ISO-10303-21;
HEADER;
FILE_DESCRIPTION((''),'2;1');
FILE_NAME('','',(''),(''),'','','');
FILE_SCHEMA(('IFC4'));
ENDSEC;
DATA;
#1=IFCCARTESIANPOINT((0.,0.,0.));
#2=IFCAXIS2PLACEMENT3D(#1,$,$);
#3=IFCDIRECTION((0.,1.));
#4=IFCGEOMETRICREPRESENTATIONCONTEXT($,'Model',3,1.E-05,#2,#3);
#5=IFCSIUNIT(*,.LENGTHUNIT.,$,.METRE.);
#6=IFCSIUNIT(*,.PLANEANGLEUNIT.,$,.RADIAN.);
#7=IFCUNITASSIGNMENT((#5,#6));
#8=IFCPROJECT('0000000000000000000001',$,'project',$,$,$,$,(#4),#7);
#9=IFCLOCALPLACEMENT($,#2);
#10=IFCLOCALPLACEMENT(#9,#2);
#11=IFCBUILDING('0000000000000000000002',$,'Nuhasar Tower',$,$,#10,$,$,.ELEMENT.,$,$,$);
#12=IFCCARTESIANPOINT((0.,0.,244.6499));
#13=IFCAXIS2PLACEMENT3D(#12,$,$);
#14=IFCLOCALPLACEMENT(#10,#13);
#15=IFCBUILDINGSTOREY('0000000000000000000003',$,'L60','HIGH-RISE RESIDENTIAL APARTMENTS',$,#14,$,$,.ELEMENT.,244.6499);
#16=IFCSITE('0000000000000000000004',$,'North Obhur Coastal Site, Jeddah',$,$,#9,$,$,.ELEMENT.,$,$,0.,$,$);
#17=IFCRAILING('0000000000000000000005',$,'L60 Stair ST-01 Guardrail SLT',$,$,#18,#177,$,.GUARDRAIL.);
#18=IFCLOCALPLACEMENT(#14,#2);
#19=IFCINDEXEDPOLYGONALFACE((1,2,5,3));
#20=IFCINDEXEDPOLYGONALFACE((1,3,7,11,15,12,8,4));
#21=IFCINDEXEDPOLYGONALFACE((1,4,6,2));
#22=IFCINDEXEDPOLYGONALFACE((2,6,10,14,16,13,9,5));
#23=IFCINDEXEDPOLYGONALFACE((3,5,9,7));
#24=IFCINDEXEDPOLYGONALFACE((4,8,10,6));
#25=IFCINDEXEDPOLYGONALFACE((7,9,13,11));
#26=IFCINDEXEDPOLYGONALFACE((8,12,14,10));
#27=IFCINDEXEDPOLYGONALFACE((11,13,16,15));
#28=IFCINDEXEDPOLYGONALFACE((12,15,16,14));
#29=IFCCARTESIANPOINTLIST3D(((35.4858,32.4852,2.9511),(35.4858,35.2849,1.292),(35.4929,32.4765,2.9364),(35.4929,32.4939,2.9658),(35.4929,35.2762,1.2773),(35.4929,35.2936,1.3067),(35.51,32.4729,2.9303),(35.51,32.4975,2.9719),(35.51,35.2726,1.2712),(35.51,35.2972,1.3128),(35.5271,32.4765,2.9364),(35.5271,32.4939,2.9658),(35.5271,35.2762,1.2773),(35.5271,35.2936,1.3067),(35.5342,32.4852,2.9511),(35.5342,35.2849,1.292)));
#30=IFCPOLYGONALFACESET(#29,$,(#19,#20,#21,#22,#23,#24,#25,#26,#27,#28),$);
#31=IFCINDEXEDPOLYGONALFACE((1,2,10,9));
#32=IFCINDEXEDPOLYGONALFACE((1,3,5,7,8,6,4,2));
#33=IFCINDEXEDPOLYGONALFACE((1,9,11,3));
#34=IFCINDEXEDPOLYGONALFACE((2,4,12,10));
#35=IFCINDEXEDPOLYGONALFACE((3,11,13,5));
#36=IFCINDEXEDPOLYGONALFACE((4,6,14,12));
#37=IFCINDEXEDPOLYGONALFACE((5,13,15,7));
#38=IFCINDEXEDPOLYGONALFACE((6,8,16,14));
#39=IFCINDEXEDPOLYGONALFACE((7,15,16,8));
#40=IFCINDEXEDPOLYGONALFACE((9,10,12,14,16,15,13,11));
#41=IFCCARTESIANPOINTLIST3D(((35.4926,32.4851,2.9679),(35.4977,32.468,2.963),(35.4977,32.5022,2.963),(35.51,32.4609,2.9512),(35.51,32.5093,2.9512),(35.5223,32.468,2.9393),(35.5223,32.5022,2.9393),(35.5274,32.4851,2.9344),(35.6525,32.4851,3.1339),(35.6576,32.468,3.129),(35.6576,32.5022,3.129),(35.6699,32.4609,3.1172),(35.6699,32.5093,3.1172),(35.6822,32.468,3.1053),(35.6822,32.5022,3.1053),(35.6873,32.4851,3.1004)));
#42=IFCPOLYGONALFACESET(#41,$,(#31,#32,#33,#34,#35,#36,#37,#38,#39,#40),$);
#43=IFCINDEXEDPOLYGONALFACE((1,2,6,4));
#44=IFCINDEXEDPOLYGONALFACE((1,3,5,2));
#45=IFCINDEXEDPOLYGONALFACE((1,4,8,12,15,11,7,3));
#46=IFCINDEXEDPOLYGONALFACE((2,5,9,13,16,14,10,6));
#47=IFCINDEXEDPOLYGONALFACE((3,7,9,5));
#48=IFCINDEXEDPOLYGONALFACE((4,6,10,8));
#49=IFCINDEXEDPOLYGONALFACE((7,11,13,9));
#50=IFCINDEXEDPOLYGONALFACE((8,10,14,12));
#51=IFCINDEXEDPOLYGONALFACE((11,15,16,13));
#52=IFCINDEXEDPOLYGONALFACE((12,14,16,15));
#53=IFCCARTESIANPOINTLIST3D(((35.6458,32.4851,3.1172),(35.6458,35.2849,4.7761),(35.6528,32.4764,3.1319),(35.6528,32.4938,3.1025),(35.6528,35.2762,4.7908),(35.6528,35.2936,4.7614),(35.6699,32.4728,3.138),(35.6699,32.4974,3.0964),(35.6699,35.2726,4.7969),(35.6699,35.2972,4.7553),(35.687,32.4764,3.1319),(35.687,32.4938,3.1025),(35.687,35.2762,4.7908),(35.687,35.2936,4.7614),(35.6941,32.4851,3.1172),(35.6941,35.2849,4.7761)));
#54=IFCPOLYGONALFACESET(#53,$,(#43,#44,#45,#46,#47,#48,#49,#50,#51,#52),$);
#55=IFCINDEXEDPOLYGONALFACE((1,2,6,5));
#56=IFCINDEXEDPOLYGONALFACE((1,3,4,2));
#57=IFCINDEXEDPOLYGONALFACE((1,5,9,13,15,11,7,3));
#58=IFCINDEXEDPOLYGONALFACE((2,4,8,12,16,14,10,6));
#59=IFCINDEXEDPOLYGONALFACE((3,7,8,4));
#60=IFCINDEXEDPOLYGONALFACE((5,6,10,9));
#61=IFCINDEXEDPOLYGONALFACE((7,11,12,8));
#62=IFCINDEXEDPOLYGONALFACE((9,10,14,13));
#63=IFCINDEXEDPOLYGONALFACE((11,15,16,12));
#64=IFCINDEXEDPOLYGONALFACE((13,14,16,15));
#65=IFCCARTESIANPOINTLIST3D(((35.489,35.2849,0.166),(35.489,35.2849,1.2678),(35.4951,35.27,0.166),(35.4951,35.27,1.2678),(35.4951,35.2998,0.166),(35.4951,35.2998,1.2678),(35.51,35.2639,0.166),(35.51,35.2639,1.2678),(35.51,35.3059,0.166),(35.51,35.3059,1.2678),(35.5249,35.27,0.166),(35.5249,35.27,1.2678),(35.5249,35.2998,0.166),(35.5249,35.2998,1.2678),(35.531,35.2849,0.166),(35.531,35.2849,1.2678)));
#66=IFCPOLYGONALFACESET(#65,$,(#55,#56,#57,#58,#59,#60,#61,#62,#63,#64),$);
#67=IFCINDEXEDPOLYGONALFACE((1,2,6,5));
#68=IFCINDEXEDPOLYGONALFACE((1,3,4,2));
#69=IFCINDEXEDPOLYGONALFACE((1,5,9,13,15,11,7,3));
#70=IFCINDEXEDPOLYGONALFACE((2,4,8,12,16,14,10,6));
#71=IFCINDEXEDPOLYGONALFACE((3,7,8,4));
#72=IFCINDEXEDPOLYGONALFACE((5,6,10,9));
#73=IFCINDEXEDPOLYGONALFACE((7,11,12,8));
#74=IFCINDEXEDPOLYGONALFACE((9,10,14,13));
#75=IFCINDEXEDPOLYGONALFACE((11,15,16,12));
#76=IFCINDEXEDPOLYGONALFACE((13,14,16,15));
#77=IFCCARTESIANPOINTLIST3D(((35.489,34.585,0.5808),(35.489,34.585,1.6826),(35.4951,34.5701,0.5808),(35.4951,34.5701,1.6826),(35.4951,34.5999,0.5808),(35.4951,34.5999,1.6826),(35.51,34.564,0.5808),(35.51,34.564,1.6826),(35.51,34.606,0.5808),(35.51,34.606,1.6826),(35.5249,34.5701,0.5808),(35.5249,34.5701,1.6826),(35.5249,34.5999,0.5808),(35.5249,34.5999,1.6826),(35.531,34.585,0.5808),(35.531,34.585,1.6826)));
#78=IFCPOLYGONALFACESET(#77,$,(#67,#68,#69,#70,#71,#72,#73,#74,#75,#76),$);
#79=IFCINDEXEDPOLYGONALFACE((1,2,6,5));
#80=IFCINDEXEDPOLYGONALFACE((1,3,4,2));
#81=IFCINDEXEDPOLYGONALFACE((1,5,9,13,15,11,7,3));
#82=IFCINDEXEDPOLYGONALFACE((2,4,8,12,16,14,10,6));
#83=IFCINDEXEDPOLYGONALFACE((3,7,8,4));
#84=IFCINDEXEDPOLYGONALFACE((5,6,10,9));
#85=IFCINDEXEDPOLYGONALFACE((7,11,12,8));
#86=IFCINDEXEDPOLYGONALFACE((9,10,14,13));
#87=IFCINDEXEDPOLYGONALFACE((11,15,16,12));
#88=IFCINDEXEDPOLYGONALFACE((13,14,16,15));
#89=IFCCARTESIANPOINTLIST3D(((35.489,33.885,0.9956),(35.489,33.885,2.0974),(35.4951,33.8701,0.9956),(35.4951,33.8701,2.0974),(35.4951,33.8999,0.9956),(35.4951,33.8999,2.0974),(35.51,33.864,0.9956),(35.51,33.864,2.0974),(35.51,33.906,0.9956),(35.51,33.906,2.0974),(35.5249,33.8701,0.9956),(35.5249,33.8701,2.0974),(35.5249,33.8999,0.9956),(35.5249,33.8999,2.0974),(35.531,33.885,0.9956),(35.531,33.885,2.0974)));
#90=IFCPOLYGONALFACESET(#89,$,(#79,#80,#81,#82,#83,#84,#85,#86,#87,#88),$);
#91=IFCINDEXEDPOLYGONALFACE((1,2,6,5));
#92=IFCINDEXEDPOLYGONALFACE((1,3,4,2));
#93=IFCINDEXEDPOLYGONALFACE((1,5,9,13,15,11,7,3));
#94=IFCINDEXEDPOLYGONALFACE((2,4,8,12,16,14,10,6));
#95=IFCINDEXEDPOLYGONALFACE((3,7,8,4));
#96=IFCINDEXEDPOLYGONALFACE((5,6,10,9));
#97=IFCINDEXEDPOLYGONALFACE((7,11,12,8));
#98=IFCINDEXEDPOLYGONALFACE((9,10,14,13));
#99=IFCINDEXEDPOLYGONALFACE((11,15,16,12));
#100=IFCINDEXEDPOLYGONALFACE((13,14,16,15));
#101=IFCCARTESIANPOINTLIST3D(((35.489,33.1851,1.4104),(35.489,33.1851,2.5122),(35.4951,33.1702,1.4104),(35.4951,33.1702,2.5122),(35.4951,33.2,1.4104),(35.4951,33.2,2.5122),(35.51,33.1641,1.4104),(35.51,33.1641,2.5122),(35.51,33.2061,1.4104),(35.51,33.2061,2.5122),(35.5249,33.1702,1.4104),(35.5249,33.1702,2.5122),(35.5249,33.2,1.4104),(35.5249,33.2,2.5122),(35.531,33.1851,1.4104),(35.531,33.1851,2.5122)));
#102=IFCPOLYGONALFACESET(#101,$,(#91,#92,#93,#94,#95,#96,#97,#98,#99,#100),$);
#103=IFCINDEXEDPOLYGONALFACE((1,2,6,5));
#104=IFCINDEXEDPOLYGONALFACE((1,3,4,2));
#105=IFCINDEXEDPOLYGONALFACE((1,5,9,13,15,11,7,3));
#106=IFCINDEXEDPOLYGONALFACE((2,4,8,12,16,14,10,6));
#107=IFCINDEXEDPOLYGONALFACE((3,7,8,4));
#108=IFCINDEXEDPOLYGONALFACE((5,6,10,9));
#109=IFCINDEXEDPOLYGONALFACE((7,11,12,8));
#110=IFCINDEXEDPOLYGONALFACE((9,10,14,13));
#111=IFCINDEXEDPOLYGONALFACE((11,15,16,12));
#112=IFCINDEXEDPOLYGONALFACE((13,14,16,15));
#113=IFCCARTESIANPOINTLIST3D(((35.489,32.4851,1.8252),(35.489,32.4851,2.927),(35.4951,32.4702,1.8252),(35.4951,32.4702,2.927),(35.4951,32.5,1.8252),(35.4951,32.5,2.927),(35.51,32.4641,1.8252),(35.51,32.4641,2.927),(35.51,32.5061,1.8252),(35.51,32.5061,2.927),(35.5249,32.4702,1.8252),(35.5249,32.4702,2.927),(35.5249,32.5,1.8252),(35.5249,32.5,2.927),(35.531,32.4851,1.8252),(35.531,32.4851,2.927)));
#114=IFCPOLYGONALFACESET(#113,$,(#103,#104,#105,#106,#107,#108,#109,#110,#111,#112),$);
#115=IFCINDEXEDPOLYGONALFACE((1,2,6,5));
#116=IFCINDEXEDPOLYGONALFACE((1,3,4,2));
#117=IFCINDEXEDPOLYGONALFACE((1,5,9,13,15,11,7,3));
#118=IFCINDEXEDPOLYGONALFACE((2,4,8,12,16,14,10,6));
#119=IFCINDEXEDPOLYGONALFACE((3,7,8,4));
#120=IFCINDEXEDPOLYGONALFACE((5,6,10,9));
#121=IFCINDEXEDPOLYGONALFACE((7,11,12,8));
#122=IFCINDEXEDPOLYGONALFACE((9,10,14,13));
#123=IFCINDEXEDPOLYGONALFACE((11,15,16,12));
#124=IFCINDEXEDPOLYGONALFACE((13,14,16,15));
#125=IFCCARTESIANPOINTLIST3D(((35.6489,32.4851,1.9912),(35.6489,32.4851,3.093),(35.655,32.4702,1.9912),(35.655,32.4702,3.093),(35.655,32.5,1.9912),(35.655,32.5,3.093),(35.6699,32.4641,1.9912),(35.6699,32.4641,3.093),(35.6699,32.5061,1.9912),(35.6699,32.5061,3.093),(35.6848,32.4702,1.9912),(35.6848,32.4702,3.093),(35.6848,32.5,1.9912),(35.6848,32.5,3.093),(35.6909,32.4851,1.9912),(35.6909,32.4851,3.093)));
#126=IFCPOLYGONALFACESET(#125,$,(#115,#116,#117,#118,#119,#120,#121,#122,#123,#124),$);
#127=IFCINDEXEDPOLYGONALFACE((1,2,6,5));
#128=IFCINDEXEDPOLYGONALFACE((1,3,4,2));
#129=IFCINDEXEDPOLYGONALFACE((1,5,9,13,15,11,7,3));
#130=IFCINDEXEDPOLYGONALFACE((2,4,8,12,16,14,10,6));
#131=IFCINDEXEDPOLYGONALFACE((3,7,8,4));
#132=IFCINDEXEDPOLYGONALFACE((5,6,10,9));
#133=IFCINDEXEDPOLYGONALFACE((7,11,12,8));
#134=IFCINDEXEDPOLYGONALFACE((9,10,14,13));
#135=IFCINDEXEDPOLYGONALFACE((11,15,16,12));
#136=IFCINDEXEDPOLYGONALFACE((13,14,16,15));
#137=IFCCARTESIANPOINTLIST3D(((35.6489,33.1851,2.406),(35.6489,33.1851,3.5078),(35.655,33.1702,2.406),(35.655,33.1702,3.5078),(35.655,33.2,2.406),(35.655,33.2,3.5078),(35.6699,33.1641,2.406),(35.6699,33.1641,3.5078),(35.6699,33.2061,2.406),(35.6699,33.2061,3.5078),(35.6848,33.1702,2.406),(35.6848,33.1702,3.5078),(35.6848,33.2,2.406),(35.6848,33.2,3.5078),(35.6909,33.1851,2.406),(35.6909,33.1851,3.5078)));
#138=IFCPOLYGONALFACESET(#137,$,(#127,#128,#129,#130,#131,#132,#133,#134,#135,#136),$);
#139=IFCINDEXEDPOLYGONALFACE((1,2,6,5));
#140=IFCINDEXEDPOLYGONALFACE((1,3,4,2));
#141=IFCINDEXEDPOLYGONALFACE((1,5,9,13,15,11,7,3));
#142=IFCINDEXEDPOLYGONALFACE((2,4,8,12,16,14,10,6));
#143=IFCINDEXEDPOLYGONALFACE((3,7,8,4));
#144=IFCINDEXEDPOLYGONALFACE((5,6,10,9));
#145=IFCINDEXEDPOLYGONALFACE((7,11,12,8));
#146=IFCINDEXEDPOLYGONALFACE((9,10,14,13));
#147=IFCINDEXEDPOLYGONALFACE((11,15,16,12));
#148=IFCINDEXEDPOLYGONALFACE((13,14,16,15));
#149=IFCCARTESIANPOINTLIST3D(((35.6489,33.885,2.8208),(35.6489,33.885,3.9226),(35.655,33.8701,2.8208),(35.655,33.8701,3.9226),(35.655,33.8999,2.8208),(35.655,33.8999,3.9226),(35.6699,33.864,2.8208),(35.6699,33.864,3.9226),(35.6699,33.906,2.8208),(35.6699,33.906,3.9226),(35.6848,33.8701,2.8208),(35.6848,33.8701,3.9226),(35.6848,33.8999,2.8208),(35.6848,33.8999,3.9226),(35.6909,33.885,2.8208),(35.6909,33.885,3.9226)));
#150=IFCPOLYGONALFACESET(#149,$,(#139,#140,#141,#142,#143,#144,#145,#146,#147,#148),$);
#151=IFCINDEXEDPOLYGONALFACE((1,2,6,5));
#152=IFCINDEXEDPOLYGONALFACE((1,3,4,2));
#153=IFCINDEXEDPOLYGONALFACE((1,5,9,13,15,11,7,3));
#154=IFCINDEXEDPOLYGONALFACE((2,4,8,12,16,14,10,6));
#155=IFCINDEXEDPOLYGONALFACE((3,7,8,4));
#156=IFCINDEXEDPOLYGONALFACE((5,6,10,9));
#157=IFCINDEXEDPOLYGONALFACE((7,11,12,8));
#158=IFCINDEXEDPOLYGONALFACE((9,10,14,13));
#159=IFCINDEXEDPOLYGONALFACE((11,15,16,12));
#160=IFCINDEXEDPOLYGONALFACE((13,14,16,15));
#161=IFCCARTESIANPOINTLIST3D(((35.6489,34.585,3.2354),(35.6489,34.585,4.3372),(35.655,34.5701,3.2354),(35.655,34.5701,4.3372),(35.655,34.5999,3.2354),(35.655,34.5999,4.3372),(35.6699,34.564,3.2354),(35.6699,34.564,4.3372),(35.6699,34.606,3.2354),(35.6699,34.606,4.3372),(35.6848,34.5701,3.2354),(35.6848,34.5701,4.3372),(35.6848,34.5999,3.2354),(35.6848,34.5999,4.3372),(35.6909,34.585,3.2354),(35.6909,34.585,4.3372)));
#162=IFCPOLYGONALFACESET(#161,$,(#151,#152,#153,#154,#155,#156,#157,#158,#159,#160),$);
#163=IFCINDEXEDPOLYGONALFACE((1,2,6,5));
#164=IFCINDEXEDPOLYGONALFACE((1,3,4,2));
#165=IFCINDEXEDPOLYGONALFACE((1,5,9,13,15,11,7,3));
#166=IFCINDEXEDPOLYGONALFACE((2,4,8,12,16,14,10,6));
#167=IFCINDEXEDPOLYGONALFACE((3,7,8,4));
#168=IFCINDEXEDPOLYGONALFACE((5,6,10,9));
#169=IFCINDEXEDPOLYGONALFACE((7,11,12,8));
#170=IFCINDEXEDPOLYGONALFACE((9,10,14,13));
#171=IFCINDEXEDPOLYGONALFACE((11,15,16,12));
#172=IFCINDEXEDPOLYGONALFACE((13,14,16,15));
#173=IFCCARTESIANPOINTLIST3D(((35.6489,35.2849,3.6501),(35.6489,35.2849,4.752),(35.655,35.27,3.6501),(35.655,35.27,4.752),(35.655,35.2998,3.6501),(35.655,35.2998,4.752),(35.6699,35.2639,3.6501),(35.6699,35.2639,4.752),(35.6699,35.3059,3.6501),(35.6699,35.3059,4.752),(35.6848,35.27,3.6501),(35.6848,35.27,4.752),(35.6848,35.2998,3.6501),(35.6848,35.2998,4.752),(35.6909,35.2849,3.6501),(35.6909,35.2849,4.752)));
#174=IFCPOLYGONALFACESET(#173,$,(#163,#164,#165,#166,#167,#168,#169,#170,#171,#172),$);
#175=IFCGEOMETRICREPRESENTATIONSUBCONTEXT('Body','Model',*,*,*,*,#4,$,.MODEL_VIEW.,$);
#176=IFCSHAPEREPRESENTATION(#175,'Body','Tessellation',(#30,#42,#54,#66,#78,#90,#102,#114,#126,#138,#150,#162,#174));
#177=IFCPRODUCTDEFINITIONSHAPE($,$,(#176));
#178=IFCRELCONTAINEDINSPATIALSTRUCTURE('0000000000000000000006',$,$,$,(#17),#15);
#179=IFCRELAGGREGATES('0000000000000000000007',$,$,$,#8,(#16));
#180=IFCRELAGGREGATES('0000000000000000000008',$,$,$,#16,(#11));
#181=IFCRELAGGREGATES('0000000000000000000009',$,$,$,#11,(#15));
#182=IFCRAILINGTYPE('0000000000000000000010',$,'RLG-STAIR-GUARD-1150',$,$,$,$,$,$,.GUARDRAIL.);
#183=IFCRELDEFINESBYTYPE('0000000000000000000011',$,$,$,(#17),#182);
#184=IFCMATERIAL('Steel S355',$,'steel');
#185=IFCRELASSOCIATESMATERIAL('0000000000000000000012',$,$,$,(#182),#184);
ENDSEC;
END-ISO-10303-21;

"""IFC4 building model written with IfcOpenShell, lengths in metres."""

from ifc_helpers import new_model, si_unit, direction, frame, origin, place, context, subcontext, project, spatial, polyline, outline, extrude, material, type_object, element, save


model = new_model("IFC4")

# Units and contexts
model_context = context("Model", 3, precision=1e-05, world=origin(), true_north=direction((0.0, 1.0)))
body_context = subcontext(model_context, "Body", "Model", "MODEL_VIEW")
ifc_project = project(units=[si_unit("LENGTHUNIT", "METRE"), si_unit("PLANEANGLEUNIT", "RADIAN")], contexts=[model_context])

# Site, building, storey
site_placement = place(None, origin())
site = spatial("IfcSite", under=ifc_project, at=site_placement, Name="North Obhur Coastal Site, Jeddah", CompositionType="ELEMENT", RefElevation=0.0)
building_placement = place(site_placement, origin())
building = spatial("IfcBuilding", under=site, at=building_placement, Name="Nuhasar Tower", CompositionType="ELEMENT")
storey_placement = place(building_placement, frame((0.0, 0.0, 244.6499)))
storey = spatial("IfcBuildingStorey", under=building, at=storey_placement, Name="L60", Description="HIGH-RISE RESIDENTIAL APARTMENTS", CompositionType="ELEMENT", Elevation=244.6499)

# Shared definitions
ifc_material_1 = material(Name="Steel S355", Category="steel")

# Railing
railing_type_1 = type_object("IfcRailingType", Name="RLG-STAIR-GUARD-1150", PredefinedType="GUARDRAIL", material=ifc_material_1)
railing_1_placement = place(storey_placement, frame((35.51, 35.2849, 0.166)))
element("IfcRailing", 1, at=railing_1_placement, inside=storey, type_object=railing_type_1, Name="L60 Stair ST-01 Guardrail SLT", PredefinedType="GUARDRAIL", context=body_context, shape_type="SweptSolid", body=[
    extrude(outline(polyline([(0.0242, 0.0), (0.0171, 0.0171), (0.0, 0.0242), (-0.0171, 0.0171), (-0.0242, 0.0), (-0.0171, -0.0171), (0.0, -0.0242), (0.0171, -0.0171), (0.0242, 0.0)])), frame((0.0, 0.0, 1.126), z_axis=(0.0, -0.860287, 0.509811), x_axis=(1.0, 0.0, 0.0)), (0.0, 0.0, 1.0), 3.2544),
    extrude(outline(polyline([(0.0242, 0.0), (0.0171, 0.0171), (0.0, 0.0242), (-0.0171, 0.0171), (-0.0242, 0.0), (-0.0171, -0.0171), (0.0, -0.0242), (0.0171, -0.0171), (0.0242, 0.0)])), frame((0.0, -2.7998, 2.7852), z_axis=(0.693743, 0.0, 0.720222), x_axis=(0.0, 1.0, 0.0)), (0.0, 0.0, 1.0), 0.2305),
    extrude(outline(polyline([(0.0242, 0.0), (0.0171, 0.0171), (0.0, 0.0242), (-0.0171, 0.0171), (-0.0242, 0.0), (-0.0171, -0.0171), (0.0, -0.0242), (0.0171, -0.0171), (0.0242, 0.0)])), frame((0.1599, -2.7998, 2.9512), z_axis=(0.0, 0.86032, 0.509755), x_axis=(-1.0, 0.0, 0.0)), (0.0, 0.0, 1.0), 3.2544),
    extrude(outline(polyline([(0.021, 0.0), (0.0149, 0.0149), (0.0, 0.021), (-0.0149, 0.0149), (-0.021, 0.0), (-0.0149, -0.0149), (0.0, -0.021), (0.0149, -0.0149), (0.021, 0.0)])), origin(), (0.0, 0.0, 1.0), 1.1018),
    extrude(outline(polyline([(0.021, 0.0), (0.0149, 0.0149), (0.0, 0.021), (-0.0149, 0.0149), (-0.021, 0.0), (-0.0149, -0.0149), (0.0, -0.021), (0.0149, -0.0149), (0.021, 0.0)])), frame((0.0, -0.7, 0.4148)), (0.0, 0.0, 1.0), 1.1018),
    extrude(outline(polyline([(0.021, 0.0), (0.0149, 0.0149), (0.0, 0.021), (-0.0149, 0.0149), (-0.021, 0.0), (-0.0149, -0.0149), (0.0, -0.021), (0.0149, -0.0149), (0.021, 0.0)])), frame((0.0, -1.3999, 0.8296)), (0.0, 0.0, 1.0), 1.1018),
    extrude(outline(polyline([(0.021, 0.0), (0.0149, 0.0149), (0.0, 0.021), (-0.0149, 0.0149), (-0.021, 0.0), (-0.0149, -0.0149), (0.0, -0.021), (0.0149, -0.0149), (0.021, 0.0)])), frame((0.0, -2.0999, 1.2444)), (0.0, 0.0, 1.0), 1.1018),
    extrude(outline(polyline([(0.021, 0.0), (0.0149, 0.0149), (0.0, 0.021), (-0.0149, 0.0149), (-0.021, 0.0), (-0.0149, -0.0149), (0.0, -0.021), (0.0149, -0.0149), (0.021, 0.0)])), frame((0.0, -2.7998, 1.6592)), (0.0, 0.0, 1.0), 1.1018),
    extrude(outline(polyline([(0.021, 0.0), (0.0149, 0.0149), (0.0, 0.021), (-0.0149, 0.0149), (-0.021, 0.0), (-0.0149, -0.0149), (0.0, -0.021), (0.0149, -0.0149), (0.021, 0.0)])), frame((0.1599, -2.7998, 1.8252)), (0.0, 0.0, 1.0), 1.1018),
    extrude(outline(polyline([(0.021, 0.0), (0.0149, 0.0149), (0.0, 0.021), (-0.0149, 0.0149), (-0.021, 0.0), (-0.0149, -0.0149), (0.0, -0.021), (0.0149, -0.0149), (0.021, 0.0)])), frame((0.1599, -2.0999, 2.24)), (0.0, 0.0, 1.0), 1.1018),
    extrude(outline(polyline([(0.021, 0.0), (0.0149, 0.0149), (0.0, 0.021), (-0.0149, 0.0149), (-0.021, 0.0), (-0.0149, -0.0149), (0.0, -0.021), (0.0149, -0.0149), (0.021, 0.0)])), frame((0.1599, -1.3999, 2.6548)), (0.0, 0.0, 1.0), 1.1018),
    extrude(outline(polyline([(0.021, 0.0), (0.0149, 0.0149), (0.0, 0.021), (-0.0149, 0.0149), (-0.021, 0.0), (-0.0149, -0.0149), (0.0, -0.021), (0.0149, -0.0149), (0.021, 0.0)])), frame((0.1599, -0.7, 3.0693)), (0.0, 0.0, 1.0), 1.1018),
    extrude(outline(polyline([(0.021, 0.0), (0.0149, 0.0149), (0.0, 0.021), (-0.0149, 0.0149), (-0.021, 0.0), (-0.0149, -0.0149), (0.0, -0.021), (0.0149, -0.0149), (0.021, 0.0)])), frame((0.1599, 0.0, 3.4841)), (0.0, 0.0, 1.0), 1.1018),
])

save(model, "model.ifc")
